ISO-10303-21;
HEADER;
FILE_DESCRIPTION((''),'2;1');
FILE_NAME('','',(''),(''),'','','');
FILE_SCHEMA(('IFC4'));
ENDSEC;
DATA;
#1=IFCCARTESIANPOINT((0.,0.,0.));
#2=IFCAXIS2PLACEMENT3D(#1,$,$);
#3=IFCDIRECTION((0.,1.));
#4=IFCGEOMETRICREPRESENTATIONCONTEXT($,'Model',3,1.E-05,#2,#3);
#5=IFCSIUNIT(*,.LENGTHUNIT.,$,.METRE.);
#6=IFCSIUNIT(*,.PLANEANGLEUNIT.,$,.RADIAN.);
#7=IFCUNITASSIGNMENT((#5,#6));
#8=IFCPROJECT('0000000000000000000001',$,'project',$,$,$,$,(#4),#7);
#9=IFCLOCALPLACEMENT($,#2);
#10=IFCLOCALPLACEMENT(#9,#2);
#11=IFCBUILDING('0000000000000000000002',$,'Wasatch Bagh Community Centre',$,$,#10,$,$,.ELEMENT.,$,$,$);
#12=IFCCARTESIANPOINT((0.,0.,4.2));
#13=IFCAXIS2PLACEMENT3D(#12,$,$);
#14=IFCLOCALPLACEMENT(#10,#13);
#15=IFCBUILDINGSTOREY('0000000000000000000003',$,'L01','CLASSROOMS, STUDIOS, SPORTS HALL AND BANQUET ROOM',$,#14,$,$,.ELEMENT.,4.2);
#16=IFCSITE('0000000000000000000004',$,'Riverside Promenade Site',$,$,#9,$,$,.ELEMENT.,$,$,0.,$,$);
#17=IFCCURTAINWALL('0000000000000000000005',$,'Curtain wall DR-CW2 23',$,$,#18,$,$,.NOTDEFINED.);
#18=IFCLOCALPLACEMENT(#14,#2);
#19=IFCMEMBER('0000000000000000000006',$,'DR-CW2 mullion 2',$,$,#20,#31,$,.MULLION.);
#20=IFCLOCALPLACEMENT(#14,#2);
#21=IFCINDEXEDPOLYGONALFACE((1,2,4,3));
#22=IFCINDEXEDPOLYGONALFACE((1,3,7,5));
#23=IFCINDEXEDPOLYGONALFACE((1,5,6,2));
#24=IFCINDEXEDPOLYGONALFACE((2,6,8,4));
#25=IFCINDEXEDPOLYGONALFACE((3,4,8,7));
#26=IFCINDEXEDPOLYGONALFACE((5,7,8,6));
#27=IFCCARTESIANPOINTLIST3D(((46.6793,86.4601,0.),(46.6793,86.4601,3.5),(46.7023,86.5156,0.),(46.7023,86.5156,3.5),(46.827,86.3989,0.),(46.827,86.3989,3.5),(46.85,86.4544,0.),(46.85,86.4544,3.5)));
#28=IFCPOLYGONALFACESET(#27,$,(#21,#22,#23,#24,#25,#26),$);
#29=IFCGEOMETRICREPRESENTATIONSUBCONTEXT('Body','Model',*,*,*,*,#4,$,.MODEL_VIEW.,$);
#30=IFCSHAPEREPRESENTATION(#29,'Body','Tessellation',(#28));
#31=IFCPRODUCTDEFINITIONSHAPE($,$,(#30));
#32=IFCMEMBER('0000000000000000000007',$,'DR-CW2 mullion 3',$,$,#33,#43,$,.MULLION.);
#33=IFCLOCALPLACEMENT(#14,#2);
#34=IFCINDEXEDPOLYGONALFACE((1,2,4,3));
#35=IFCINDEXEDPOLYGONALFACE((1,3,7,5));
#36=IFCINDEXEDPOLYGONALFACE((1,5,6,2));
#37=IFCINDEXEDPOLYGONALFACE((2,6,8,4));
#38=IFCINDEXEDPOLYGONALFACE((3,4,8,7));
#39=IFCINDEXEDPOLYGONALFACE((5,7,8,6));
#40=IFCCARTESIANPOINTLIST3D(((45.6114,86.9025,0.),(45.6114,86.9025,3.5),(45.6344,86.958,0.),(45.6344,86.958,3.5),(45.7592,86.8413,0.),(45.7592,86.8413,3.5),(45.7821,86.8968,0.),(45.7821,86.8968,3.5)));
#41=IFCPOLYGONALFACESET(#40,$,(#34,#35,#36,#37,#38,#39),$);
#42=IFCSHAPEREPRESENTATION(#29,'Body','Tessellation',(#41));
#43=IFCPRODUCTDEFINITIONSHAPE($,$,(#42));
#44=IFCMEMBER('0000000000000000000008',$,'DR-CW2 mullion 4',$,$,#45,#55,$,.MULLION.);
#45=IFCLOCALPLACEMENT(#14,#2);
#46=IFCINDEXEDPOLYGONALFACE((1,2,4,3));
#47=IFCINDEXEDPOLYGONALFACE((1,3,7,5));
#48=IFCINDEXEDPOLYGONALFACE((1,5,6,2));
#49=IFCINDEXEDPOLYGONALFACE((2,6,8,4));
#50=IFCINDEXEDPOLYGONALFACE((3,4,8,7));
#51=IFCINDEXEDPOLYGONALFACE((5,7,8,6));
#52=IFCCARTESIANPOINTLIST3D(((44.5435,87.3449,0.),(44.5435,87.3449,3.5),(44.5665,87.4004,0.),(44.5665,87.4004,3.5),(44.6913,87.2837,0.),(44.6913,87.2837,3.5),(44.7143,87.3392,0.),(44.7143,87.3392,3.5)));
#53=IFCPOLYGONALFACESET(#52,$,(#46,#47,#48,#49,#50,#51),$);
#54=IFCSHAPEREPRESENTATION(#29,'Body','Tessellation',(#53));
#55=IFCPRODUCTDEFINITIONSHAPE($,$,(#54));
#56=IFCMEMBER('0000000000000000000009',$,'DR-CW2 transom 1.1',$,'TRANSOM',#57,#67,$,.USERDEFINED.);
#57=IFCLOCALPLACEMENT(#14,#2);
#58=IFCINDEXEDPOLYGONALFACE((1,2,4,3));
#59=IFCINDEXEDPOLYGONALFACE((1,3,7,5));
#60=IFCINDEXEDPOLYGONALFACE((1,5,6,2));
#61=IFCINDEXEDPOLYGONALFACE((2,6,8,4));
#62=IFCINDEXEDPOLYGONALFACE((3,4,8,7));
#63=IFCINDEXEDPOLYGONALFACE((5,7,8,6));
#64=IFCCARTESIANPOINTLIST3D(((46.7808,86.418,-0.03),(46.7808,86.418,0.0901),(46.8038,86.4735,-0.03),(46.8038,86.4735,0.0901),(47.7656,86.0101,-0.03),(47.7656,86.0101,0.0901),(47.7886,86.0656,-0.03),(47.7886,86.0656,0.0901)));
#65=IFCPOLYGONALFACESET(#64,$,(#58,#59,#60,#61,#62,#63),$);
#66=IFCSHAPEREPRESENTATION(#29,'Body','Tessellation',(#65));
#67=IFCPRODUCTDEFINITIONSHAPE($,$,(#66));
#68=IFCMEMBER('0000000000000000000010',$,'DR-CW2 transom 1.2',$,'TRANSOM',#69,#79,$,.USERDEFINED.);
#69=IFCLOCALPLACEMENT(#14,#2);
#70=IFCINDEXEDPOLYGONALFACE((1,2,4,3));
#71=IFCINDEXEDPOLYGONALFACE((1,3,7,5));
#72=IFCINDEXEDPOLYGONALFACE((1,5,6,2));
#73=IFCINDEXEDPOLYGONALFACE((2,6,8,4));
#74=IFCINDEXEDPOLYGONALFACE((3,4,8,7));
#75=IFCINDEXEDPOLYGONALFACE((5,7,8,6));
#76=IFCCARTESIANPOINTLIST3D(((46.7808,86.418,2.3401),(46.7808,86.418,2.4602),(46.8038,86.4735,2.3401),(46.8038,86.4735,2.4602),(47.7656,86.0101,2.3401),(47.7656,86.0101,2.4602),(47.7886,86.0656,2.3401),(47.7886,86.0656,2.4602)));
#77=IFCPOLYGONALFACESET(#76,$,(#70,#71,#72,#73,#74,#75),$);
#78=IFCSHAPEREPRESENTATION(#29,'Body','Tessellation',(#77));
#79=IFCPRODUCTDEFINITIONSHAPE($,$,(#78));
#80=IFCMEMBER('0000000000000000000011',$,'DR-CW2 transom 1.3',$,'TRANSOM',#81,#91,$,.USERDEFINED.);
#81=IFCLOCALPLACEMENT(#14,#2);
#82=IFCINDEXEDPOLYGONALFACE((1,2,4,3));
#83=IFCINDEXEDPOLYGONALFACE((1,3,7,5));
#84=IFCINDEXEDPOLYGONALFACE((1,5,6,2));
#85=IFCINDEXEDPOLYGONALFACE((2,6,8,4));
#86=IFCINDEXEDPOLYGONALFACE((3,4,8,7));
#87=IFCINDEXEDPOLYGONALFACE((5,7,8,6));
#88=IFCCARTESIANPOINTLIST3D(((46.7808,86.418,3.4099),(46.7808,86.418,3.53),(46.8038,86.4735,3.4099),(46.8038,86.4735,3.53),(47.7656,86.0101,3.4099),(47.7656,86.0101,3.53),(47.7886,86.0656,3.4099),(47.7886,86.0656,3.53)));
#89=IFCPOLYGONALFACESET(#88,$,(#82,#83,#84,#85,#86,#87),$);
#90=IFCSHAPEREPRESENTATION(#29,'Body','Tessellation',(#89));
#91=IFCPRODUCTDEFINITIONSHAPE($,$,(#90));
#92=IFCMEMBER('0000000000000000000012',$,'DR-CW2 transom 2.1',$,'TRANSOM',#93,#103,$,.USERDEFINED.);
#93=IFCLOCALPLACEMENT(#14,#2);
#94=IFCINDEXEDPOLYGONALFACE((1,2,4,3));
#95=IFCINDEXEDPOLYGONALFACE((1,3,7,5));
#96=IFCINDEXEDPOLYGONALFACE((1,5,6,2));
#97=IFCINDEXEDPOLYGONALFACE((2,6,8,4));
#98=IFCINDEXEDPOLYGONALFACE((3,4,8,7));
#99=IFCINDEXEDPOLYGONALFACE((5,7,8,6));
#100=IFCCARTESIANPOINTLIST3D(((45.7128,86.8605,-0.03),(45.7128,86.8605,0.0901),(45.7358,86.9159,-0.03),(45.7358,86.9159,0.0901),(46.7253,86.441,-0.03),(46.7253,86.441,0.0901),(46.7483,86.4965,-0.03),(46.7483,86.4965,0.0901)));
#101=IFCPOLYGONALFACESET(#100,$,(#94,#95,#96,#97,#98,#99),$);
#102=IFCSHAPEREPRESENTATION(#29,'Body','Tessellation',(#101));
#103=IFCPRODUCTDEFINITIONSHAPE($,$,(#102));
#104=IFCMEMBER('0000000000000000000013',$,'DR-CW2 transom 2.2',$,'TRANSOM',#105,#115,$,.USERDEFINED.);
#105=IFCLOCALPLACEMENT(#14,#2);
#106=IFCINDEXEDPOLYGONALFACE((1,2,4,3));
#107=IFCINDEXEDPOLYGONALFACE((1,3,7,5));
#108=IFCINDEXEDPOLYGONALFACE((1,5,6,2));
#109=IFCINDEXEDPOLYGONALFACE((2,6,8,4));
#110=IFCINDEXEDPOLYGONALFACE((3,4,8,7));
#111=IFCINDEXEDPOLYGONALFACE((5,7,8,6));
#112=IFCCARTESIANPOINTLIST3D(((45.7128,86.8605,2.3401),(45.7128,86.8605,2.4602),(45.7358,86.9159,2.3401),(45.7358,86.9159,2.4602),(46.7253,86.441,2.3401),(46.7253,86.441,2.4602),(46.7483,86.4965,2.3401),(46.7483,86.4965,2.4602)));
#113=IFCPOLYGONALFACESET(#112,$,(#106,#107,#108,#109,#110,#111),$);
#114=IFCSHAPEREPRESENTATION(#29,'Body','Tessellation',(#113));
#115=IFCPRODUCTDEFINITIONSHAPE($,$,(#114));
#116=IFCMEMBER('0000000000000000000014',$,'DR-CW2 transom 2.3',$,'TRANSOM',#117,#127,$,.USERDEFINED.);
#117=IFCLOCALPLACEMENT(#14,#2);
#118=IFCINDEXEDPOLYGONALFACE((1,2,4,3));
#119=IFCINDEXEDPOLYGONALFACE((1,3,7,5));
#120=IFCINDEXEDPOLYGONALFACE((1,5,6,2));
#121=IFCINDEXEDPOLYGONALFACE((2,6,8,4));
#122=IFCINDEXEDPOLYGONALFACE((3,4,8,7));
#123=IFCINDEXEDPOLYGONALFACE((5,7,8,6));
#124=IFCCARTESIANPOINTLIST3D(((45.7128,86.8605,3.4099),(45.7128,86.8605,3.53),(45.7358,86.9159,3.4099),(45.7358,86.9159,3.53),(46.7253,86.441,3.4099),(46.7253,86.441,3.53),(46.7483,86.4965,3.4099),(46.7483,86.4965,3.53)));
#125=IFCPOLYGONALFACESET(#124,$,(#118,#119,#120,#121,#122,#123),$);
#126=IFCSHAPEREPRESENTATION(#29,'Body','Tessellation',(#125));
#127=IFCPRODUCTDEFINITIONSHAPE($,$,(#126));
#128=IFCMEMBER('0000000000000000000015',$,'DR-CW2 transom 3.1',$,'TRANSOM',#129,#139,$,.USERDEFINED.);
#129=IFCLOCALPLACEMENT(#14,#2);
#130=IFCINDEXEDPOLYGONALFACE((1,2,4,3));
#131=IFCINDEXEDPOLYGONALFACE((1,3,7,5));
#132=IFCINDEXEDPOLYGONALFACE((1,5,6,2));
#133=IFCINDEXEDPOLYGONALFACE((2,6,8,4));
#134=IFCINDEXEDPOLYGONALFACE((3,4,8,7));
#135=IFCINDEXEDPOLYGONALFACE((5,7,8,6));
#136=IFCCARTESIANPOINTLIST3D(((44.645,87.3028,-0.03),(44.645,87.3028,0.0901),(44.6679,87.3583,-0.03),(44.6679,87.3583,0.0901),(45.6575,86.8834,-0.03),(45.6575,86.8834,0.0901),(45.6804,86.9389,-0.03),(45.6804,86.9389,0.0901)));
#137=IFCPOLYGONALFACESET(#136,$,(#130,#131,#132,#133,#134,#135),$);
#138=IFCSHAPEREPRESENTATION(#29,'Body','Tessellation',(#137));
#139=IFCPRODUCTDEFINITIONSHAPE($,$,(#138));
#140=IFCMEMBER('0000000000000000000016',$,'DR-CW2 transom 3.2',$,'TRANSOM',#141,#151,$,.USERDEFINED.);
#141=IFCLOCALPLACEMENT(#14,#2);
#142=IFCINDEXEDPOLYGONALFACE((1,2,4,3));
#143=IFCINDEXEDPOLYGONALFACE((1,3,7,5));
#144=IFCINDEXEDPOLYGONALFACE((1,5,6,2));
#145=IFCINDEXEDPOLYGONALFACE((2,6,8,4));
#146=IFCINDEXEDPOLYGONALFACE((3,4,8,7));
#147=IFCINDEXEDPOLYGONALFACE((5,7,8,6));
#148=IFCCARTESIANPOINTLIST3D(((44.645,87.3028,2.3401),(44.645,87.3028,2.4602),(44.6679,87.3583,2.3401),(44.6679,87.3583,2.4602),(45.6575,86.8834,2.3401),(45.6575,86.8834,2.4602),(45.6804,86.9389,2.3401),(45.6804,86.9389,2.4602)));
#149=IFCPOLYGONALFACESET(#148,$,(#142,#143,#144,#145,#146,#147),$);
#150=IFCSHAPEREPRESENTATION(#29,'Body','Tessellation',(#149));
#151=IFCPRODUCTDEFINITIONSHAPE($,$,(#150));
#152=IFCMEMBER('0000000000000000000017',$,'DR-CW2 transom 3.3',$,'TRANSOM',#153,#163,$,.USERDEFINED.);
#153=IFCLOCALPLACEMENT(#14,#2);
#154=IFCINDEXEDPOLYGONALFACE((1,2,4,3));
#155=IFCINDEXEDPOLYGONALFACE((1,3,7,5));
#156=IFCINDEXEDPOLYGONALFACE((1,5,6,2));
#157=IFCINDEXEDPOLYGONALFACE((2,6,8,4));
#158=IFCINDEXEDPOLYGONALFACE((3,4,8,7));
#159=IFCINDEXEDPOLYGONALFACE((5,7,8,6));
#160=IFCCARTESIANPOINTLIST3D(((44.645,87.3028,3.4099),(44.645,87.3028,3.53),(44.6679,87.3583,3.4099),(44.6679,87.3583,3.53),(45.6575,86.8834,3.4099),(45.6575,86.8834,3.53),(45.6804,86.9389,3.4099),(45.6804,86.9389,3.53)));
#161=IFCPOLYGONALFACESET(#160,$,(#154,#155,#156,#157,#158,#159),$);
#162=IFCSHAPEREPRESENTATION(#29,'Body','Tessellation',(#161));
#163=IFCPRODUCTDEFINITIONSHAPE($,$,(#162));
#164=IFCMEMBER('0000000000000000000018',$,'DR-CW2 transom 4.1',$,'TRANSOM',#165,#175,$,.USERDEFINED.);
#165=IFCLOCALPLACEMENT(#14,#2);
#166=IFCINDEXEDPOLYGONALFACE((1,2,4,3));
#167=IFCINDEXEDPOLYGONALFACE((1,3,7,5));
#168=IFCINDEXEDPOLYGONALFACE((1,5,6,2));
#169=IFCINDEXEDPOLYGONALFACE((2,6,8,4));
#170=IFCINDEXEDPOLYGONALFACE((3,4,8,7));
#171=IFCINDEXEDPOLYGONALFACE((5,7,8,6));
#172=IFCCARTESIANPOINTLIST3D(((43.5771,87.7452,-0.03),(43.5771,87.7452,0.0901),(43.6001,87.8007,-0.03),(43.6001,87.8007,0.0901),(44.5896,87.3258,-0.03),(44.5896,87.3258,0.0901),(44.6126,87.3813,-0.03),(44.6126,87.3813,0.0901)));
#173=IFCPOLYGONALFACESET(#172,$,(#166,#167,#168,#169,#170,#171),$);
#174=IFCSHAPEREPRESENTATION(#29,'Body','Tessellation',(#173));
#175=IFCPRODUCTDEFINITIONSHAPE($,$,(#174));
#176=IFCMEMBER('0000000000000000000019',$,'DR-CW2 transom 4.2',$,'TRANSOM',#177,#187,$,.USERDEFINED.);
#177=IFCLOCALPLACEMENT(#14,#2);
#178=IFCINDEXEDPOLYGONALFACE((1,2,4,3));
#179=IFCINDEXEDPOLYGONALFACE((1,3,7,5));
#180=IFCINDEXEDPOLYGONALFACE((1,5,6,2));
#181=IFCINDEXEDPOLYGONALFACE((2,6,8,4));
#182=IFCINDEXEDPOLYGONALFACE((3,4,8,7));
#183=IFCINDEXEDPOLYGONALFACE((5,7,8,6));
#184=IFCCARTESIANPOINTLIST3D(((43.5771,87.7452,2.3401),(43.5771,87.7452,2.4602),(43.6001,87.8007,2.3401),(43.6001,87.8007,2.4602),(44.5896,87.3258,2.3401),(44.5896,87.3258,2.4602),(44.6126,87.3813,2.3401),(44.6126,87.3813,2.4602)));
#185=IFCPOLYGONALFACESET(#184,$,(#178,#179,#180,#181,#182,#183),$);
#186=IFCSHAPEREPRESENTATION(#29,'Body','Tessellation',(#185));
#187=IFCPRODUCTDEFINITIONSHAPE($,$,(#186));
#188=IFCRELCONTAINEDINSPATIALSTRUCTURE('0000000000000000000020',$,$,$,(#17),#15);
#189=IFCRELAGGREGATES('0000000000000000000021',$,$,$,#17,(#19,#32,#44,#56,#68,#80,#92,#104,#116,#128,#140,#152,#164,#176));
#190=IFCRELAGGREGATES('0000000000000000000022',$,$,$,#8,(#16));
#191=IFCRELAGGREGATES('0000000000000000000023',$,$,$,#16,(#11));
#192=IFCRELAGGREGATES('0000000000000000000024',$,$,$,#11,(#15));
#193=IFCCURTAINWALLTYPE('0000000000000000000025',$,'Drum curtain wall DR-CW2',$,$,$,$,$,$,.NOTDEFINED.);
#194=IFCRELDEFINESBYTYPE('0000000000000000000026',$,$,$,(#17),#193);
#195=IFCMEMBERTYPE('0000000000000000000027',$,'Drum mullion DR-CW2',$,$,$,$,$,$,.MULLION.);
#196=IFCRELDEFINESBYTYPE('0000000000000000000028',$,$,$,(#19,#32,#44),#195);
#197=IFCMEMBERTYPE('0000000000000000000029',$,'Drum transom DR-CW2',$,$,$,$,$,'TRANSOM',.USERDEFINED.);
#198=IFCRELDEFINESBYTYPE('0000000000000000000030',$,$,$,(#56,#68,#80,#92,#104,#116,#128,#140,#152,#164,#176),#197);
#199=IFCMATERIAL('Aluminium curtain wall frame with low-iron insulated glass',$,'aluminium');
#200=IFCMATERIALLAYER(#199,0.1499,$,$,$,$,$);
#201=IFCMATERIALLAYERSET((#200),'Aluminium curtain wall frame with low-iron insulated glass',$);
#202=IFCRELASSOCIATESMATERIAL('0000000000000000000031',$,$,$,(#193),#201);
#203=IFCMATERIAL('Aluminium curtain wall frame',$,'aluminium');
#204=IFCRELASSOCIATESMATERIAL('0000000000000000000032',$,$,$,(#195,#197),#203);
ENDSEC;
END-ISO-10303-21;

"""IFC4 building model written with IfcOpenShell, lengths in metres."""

from ifc_helpers import new_model, si_unit, direction, frame, origin, origin_2d, place, context, subcontext, project, spatial, rectangle, extrude, material, layer, layer_set, material_profile, profile_set, type_object, element, aggregate, save


model = new_model("IFC4")

# Units and contexts
model_context = context("Model", 3, precision=1e-05, world=origin(), true_north=direction((0.0, 1.0)))
body_context = subcontext(model_context, "Body", "Model", "MODEL_VIEW")
ifc_project = project(units=[si_unit("LENGTHUNIT", "METRE"), si_unit("PLANEANGLEUNIT", "RADIAN")], contexts=[model_context])

# Site, building, storey
site_placement = place(None, origin())
site = spatial("IfcSite", under=ifc_project, at=site_placement, Name="Riverside Promenade Site", CompositionType="ELEMENT", RefElevation=0.0)
building_placement = place(site_placement, origin())
building = spatial("IfcBuilding", under=site, at=building_placement, Name="Wasatch Bagh Community Centre", CompositionType="ELEMENT")
storey_placement = place(building_placement, frame((0.0, 0.0, 4.2)))
storey = spatial("IfcBuildingStorey", under=building, at=storey_placement, Name="L01", Description="CLASSROOMS, STUDIOS, SPORTS HALL AND BANQUET ROOM", CompositionType="ELEMENT", Elevation=4.2)

# Curtain wall, members
ifc_material_1 = material(Name="Aluminium curtain wall frame with low-iron insulated glass", Category="aluminium")
ifc_layer_1 = layer(ifc_material_1, 0.1499)
ifc_layer_set_1 = layer_set([ifc_layer_1], Name="Aluminium curtain wall frame with low-iron insulated glass")
curtain_wall_type = type_object("IfcCurtainWallType", Name="Drum curtain wall DR-CW2", PredefinedType="NOTDEFINED", material=ifc_layer_set_1)
curtain_wall_placement = place(storey_placement, origin())
curtain_wall = element("IfcCurtainWall", 1, at=curtain_wall_placement, inside=storey, type_object=curtain_wall_type, Name="Curtain wall DR-CW2 23", PredefinedType="NOTDEFINED")
ifc_material_2 = material(Name="Aluminium curtain wall frame", Category="aluminium")
ifc_material_profile_1 = material_profile(ifc_material_2, rectangle(XDim=0.0601, YDim=0.1599, at=origin_2d()), Name="Drum mullion DR-CW2")
ifc_profile_set_1 = profile_set([ifc_material_profile_1], Name="Aluminium curtain wall frame")
member_type_1 = type_object("IfcMemberType", Name="Drum mullion DR-CW2", PredefinedType="MULLION", material=ifc_profile_set_1)
member_1_placement = place(storey_placement, frame((46.7646, 86.4573, 0.0), z_axis=(0.0, 0.0, 1.0), x_axis=(-0.382683, -0.92388, 0.0)))
member_1 = element("IfcMember", 2, at=member_1_placement, type_object=member_type_1, Name="DR-CW2 mullion 2", PredefinedType="MULLION", context=body_context, shape_type="SweptSolid", body=[
    extrude(rectangle(XDim=0.0601, YDim=0.1599, at=origin_2d()), origin(), (0.0, 0.0, 1.0), 3.5),
])
member_2_placement = place(storey_placement, frame((45.6968, 86.8997, 0.0), z_axis=(0.0, 0.0, 1.0), x_axis=(-0.382683, -0.92388, 0.0)))
member_2 = element("IfcMember", 3, at=member_2_placement, type_object=member_type_1, Name="DR-CW2 mullion 3", PredefinedType="MULLION", context=body_context, shape_type="SweptSolid", body=[
    extrude(rectangle(XDim=0.0601, YDim=0.1599, at=origin_2d()), origin(), (0.0, 0.0, 1.0), 3.5),
])
member_3_placement = place(storey_placement, frame((44.6289, 87.342, 0.0), z_axis=(0.0, 0.0, 1.0), x_axis=(-0.382683, -0.92388, 0.0)))
member_3 = element("IfcMember", 4, at=member_3_placement, type_object=member_type_1, Name="DR-CW2 mullion 4", PredefinedType="MULLION", context=body_context, shape_type="SweptSolid", body=[
    extrude(rectangle(XDim=0.0601, YDim=0.1599, at=origin_2d()), origin(), (0.0, 0.0, 1.0), 3.5),
])
ifc_material_profile_2 = material_profile(ifc_material_2, rectangle(XDim=0.0601, YDim=0.1201, at=origin_2d()), Name="Drum transom DR-CW2")
ifc_profile_set_2 = profile_set([ifc_material_profile_2], Name="Aluminium curtain wall frame")
member_type_2 = type_object("IfcMemberType", Name="Drum transom DR-CW2", ElementType="TRANSOM", PredefinedType="USERDEFINED", material=ifc_profile_set_2)
member_4_placement = place(storey_placement, frame((47.7771, 86.0378, 0.03), z_axis=(-0.923874, 0.382696, 0.0), x_axis=(-0.382696, -0.923874, 0.0)))
member_4 = element("IfcMember", 5, at=member_4_placement, type_object=member_type_2, Name="DR-CW2 transom 1.1", ObjectType="TRANSOM", PredefinedType="USERDEFINED", context=body_context, shape_type="SweptSolid", body=[
    extrude(rectangle(XDim=0.0601, YDim=0.1201, at=origin_2d()), origin(), (0.0, 0.0, 1.0), 1.0659),
])
member_5_placement = place(storey_placement, frame((47.7771, 86.0378, 2.4001), z_axis=(-0.923874, 0.382696, 0.0), x_axis=(-0.382696, -0.923874, 0.0)))
member_5 = element("IfcMember", 6, at=member_5_placement, type_object=member_type_2, Name="DR-CW2 transom 1.2", ObjectType="TRANSOM", PredefinedType="USERDEFINED", context=body_context, shape_type="SweptSolid", body=[
    extrude(rectangle(XDim=0.0601, YDim=0.1201, at=origin_2d()), origin(), (0.0, 0.0, 1.0), 1.0659),
])
member_6_placement = place(storey_placement, frame((47.7771, 86.0378, 3.47), z_axis=(-0.923874, 0.382696, 0.0), x_axis=(-0.382696, -0.923874, 0.0)))
member_6 = element("IfcMember", 7, at=member_6_placement, type_object=member_type_2, Name="DR-CW2 transom 1.3", ObjectType="TRANSOM", PredefinedType="USERDEFINED", context=body_context, shape_type="SweptSolid", body=[
    extrude(rectangle(XDim=0.0601, YDim=0.1201, at=origin_2d()), origin(), (0.0, 0.0, 1.0), 1.0659),
])
member_7_placement = place(storey_placement, frame((46.7368, 86.4688, 0.03), z_axis=(-0.923859, 0.382732, 0.0), x_axis=(-0.382732, -0.923859, 0.0)))
member_7 = element("IfcMember", 8, at=member_7_placement, type_object=member_type_2, Name="DR-CW2 transom 2.1", ObjectType="TRANSOM", PredefinedType="USERDEFINED", context=body_context, shape_type="SweptSolid", body=[
    extrude(rectangle(XDim=0.0601, YDim=0.1201, at=origin_2d()), origin(), (0.0, 0.0, 1.0), 1.0959),
])
member_8_placement = place(storey_placement, frame((46.7368, 86.4688, 2.4001), z_axis=(-0.923859, 0.382732, 0.0), x_axis=(-0.382732, -0.923859, 0.0)))
member_8 = element("IfcMember", 9, at=member_8_placement, type_object=member_type_2, Name="DR-CW2 transom 2.2", ObjectType="TRANSOM", PredefinedType="USERDEFINED", context=body_context, shape_type="SweptSolid", body=[
    extrude(rectangle(XDim=0.0601, YDim=0.1201, at=origin_2d()), origin(), (0.0, 0.0, 1.0), 1.0959),
])
member_9_placement = place(storey_placement, frame((46.7368, 86.4688, 3.47), z_axis=(-0.923859, 0.382732, 0.0), x_axis=(-0.382732, -0.923859, 0.0)))
member_9 = element("IfcMember", 10, at=member_9_placement, type_object=member_type_2, Name="DR-CW2 transom 2.3", ObjectType="TRANSOM", PredefinedType="USERDEFINED", context=body_context, shape_type="SweptSolid", body=[
    extrude(rectangle(XDim=0.0601, YDim=0.1201, at=origin_2d()), origin(), (0.0, 0.0, 1.0), 1.0959),
])
member_10_placement = place(storey_placement, frame((45.6689, 86.9111, 0.03), z_axis=(-0.923859, 0.382732, 0.0), x_axis=(-0.382732, -0.923859, 0.0)))
member_10 = element("IfcMember", 11, at=member_10_placement, type_object=member_type_2, Name="DR-CW2 transom 3.1", ObjectType="TRANSOM", PredefinedType="USERDEFINED", context=body_context, shape_type="SweptSolid", body=[
    extrude(rectangle(XDim=0.0601, YDim=0.1201, at=origin_2d()), origin(), (0.0, 0.0, 1.0), 1.0959),
])
member_11_placement = place(storey_placement, frame((45.6689, 86.9111, 2.4001), z_axis=(-0.923859, 0.382732, 0.0), x_axis=(-0.382732, -0.923859, 0.0)))
member_11 = element("IfcMember", 12, at=member_11_placement, type_object=member_type_2, Name="DR-CW2 transom 3.2", ObjectType="TRANSOM", PredefinedType="USERDEFINED", context=body_context, shape_type="SweptSolid", body=[
    extrude(rectangle(XDim=0.0601, YDim=0.1201, at=origin_2d()), origin(), (0.0, 0.0, 1.0), 1.0959),
])
member_12_placement = place(storey_placement, frame((45.6689, 86.9111, 3.47), z_axis=(-0.923859, 0.382732, 0.0), x_axis=(-0.382732, -0.923859, 0.0)))
member_12 = element("IfcMember", 13, at=member_12_placement, type_object=member_type_2, Name="DR-CW2 transom 3.3", ObjectType="TRANSOM", PredefinedType="USERDEFINED", context=body_context, shape_type="SweptSolid", body=[
    extrude(rectangle(XDim=0.0601, YDim=0.1201, at=origin_2d()), origin(), (0.0, 0.0, 1.0), 1.0959),
])
member_13_placement = place(storey_placement, frame((44.6011, 87.3535, 0.03), z_axis=(-0.923859, 0.382732, 0.0), x_axis=(-0.382732, -0.923859, 0.0)))
member_13 = element("IfcMember", 14, at=member_13_placement, type_object=member_type_2, Name="DR-CW2 transom 4.1", ObjectType="TRANSOM", PredefinedType="USERDEFINED", context=body_context, shape_type="SweptSolid", body=[
    extrude(rectangle(XDim=0.0601, YDim=0.1201, at=origin_2d()), origin(), (0.0, 0.0, 1.0), 1.0959),
])
member_14_placement = place(storey_placement, frame((44.6011, 87.3535, 2.4001), z_axis=(-0.923859, 0.382732, 0.0), x_axis=(-0.382732, -0.923859, 0.0)))
member_14 = element("IfcMember", 15, at=member_14_placement, type_object=member_type_2, Name="DR-CW2 transom 4.2", ObjectType="TRANSOM", PredefinedType="USERDEFINED", context=body_context, shape_type="SweptSolid", body=[
    extrude(rectangle(XDim=0.0601, YDim=0.1201, at=origin_2d()), origin(), (0.0, 0.0, 1.0), 1.0959),
])
aggregate(curtain_wall, [member_1, member_2, member_3, member_4, member_5, member_6, member_7, member_8, member_9, member_10, member_11, member_12, member_13, member_14])

save(model, "model.ifc")
